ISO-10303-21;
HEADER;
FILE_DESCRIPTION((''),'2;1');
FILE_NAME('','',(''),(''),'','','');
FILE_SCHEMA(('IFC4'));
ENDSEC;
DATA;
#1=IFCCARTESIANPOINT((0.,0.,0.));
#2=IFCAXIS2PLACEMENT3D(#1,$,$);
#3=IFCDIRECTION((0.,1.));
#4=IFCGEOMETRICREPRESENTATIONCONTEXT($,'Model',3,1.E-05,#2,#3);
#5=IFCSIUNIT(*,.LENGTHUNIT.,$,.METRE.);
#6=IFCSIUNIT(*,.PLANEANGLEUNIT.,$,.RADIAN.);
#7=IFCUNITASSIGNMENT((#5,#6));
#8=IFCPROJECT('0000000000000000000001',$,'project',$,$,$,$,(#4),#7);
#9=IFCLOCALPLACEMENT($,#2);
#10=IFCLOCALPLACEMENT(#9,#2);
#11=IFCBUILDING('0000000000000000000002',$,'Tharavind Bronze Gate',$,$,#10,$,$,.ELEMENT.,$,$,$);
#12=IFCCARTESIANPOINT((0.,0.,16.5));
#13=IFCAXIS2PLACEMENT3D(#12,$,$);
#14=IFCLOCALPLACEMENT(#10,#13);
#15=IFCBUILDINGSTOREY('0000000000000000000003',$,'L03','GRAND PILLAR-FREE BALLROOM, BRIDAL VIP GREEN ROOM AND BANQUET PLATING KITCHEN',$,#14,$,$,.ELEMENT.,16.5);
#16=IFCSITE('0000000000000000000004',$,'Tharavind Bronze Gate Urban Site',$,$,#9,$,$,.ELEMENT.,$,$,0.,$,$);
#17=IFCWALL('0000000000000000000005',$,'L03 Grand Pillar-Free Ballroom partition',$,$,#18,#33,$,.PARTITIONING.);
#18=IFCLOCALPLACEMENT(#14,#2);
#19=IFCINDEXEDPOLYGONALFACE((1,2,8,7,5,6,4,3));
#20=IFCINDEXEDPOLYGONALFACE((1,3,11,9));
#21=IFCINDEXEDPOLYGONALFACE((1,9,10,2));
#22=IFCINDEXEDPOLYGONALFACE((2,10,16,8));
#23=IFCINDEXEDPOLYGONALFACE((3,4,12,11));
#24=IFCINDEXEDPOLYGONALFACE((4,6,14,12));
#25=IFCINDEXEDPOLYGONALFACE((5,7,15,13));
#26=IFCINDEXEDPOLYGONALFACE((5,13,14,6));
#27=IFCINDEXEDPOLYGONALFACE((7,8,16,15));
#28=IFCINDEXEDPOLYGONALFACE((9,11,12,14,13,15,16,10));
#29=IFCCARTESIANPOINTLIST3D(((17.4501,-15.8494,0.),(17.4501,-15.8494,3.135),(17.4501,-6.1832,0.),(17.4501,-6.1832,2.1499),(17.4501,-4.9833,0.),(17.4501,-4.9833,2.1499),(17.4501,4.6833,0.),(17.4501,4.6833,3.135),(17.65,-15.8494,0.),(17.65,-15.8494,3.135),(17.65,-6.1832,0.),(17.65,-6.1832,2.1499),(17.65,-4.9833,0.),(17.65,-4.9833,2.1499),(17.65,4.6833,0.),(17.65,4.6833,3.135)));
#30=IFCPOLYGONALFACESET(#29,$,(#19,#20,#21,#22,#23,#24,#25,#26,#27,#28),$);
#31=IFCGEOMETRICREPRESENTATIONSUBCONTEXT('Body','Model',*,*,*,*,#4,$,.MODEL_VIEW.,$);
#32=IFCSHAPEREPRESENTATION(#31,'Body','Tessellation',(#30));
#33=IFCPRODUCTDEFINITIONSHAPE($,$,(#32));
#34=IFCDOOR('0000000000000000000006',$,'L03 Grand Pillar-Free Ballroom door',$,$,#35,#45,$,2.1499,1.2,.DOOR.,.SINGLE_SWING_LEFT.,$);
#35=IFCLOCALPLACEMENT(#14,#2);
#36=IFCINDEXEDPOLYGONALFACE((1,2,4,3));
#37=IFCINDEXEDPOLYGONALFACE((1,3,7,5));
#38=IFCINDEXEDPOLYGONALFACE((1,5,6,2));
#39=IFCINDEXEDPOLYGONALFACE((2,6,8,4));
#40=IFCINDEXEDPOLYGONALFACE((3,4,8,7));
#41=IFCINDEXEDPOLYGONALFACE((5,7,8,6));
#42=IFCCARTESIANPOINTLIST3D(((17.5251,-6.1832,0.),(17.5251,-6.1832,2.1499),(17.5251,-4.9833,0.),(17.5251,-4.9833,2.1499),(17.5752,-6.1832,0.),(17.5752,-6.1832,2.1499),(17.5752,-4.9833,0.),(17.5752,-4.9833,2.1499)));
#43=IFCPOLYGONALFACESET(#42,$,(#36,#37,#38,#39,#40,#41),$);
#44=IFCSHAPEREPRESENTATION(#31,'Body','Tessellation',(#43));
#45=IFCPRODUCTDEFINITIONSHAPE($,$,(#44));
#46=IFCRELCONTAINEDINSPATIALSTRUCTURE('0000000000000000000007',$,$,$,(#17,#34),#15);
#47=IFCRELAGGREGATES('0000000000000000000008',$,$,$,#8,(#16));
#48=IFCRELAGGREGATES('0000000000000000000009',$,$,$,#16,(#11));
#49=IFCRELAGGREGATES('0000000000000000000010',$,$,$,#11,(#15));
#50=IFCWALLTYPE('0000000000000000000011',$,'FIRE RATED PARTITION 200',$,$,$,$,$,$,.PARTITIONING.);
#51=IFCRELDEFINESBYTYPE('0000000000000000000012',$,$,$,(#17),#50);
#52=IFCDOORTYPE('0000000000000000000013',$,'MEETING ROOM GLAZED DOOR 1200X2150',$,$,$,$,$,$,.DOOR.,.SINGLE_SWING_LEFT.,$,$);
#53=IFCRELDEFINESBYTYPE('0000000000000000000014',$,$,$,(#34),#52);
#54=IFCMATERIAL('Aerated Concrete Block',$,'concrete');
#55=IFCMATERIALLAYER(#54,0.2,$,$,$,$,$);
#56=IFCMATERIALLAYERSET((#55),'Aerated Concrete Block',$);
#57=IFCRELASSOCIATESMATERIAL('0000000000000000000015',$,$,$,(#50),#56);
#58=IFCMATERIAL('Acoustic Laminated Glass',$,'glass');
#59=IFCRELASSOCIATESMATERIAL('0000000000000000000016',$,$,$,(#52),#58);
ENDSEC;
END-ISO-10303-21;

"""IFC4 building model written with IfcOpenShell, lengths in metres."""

from ifc_helpers import new_model, si_unit, direction, frame, frame_2d, origin, place, context, subcontext, project, spatial, rectangle, extrude, material, layer, layer_set, type_object, element, fill, save


model = new_model("IFC4")

# Units and contexts
model_context = context("Model", 3, precision=1e-05, world=origin(), true_north=direction((0.0, 1.0)))
body_context = subcontext(model_context, "Body", "Model", "MODEL_VIEW")
ifc_project = project(units=[si_unit("LENGTHUNIT", "METRE"), si_unit("PLANEANGLEUNIT", "RADIAN")], contexts=[model_context])

# Site, building, storey
site_placement = place(None, origin())
site = spatial("IfcSite", under=ifc_project, at=site_placement, Name="Tharavind Bronze Gate Urban Site", CompositionType="ELEMENT", RefElevation=0.0)
building_placement = place(site_placement, origin())
building = spatial("IfcBuilding", under=site, at=building_placement, Name="Tharavind Bronze Gate", CompositionType="ELEMENT")
storey_placement = place(building_placement, frame((0.0, 0.0, 16.5)))
storey = spatial("IfcBuildingStorey", under=building, at=storey_placement, Name="L03", Description="GRAND PILLAR-FREE BALLROOM, BRIDAL VIP GREEN ROOM AND BANQUET PLATING KITCHEN", CompositionType="ELEMENT", Elevation=16.5)

# Wall, opening, door
ifc_material_1 = material(Name="Aerated Concrete Block", Category="concrete")
ifc_layer_1 = layer(ifc_material_1, 0.2)
ifc_layer_set_1 = layer_set([ifc_layer_1], Name="Aerated Concrete Block")
wall_type_1 = type_object("IfcWallType", Name="FIRE RATED PARTITION 200", PredefinedType="PARTITIONING", material=ifc_layer_set_1)
wall_1_placement = place(storey_placement, frame((17.55, -15.8494, 0.0), z_axis=(0.0, 0.0, 1.0), x_axis=(0.0, 1.0, 0.0)))
wall_1 = element("IfcWall", 1, at=wall_1_placement, inside=storey, type_object=wall_type_1, Name="L03 Grand Pillar-Free Ballroom partition", PredefinedType="PARTITIONING", context=body_context, shape_type="SweptSolid", body=[
    extrude(rectangle(XDim=20.5327, YDim=0.2, at=frame_2d((10.2664, 0.0))), origin(), (0.0, 0.0, 1.0), 3.135),
])
opening_1_placement = place(wall_1_placement, frame((9.666, 0.0, 0.0)))
opening_1 = element("IfcOpeningElement", 2, at=opening_1_placement, cuts=wall_1, PredefinedType="OPENING", context=body_context, shape_type="SweptSolid", body=[
    extrude(rectangle(XDim=1.2, YDim=2.1499, at=frame_2d((0.6001, 1.075))), frame((0.0, 0.1101, 0.0), z_axis=(0.0, -1.0, 0.0), x_axis=(1.0, 0.0, 0.0)), (0.0, 0.0, 1.0), 0.22),
])
ifc_material_2 = material(Name="Acoustic Laminated Glass", Category="glass")
door_type = type_object("IfcDoorType", Name="MEETING ROOM GLAZED DOOR 1200X2150", OperationType="SINGLE_SWING_LEFT", PredefinedType="DOOR", material=ifc_material_2)
door_placement = place(opening_1_placement, origin())
door = element("IfcDoor", 3, at=door_placement, inside=storey, type_object=door_type, Name="L03 Grand Pillar-Free Ballroom door", OperationType="SINGLE_SWING_LEFT", OverallHeight=2.1499, OverallWidth=1.2, PredefinedType="DOOR", context=body_context, shape_type="SweptSolid", body=[
    extrude(rectangle(XDim=1.2, YDim=2.1499, at=frame_2d((0.6001, 1.075))), frame((0.0, 0.0249, 0.0), z_axis=(0.0, -1.0, 0.0), x_axis=(1.0, 0.0, 0.0)), (0.0, 0.0, 1.0), 0.05),
])
fill(opening_1, door)

save(model, "model.ifc")
